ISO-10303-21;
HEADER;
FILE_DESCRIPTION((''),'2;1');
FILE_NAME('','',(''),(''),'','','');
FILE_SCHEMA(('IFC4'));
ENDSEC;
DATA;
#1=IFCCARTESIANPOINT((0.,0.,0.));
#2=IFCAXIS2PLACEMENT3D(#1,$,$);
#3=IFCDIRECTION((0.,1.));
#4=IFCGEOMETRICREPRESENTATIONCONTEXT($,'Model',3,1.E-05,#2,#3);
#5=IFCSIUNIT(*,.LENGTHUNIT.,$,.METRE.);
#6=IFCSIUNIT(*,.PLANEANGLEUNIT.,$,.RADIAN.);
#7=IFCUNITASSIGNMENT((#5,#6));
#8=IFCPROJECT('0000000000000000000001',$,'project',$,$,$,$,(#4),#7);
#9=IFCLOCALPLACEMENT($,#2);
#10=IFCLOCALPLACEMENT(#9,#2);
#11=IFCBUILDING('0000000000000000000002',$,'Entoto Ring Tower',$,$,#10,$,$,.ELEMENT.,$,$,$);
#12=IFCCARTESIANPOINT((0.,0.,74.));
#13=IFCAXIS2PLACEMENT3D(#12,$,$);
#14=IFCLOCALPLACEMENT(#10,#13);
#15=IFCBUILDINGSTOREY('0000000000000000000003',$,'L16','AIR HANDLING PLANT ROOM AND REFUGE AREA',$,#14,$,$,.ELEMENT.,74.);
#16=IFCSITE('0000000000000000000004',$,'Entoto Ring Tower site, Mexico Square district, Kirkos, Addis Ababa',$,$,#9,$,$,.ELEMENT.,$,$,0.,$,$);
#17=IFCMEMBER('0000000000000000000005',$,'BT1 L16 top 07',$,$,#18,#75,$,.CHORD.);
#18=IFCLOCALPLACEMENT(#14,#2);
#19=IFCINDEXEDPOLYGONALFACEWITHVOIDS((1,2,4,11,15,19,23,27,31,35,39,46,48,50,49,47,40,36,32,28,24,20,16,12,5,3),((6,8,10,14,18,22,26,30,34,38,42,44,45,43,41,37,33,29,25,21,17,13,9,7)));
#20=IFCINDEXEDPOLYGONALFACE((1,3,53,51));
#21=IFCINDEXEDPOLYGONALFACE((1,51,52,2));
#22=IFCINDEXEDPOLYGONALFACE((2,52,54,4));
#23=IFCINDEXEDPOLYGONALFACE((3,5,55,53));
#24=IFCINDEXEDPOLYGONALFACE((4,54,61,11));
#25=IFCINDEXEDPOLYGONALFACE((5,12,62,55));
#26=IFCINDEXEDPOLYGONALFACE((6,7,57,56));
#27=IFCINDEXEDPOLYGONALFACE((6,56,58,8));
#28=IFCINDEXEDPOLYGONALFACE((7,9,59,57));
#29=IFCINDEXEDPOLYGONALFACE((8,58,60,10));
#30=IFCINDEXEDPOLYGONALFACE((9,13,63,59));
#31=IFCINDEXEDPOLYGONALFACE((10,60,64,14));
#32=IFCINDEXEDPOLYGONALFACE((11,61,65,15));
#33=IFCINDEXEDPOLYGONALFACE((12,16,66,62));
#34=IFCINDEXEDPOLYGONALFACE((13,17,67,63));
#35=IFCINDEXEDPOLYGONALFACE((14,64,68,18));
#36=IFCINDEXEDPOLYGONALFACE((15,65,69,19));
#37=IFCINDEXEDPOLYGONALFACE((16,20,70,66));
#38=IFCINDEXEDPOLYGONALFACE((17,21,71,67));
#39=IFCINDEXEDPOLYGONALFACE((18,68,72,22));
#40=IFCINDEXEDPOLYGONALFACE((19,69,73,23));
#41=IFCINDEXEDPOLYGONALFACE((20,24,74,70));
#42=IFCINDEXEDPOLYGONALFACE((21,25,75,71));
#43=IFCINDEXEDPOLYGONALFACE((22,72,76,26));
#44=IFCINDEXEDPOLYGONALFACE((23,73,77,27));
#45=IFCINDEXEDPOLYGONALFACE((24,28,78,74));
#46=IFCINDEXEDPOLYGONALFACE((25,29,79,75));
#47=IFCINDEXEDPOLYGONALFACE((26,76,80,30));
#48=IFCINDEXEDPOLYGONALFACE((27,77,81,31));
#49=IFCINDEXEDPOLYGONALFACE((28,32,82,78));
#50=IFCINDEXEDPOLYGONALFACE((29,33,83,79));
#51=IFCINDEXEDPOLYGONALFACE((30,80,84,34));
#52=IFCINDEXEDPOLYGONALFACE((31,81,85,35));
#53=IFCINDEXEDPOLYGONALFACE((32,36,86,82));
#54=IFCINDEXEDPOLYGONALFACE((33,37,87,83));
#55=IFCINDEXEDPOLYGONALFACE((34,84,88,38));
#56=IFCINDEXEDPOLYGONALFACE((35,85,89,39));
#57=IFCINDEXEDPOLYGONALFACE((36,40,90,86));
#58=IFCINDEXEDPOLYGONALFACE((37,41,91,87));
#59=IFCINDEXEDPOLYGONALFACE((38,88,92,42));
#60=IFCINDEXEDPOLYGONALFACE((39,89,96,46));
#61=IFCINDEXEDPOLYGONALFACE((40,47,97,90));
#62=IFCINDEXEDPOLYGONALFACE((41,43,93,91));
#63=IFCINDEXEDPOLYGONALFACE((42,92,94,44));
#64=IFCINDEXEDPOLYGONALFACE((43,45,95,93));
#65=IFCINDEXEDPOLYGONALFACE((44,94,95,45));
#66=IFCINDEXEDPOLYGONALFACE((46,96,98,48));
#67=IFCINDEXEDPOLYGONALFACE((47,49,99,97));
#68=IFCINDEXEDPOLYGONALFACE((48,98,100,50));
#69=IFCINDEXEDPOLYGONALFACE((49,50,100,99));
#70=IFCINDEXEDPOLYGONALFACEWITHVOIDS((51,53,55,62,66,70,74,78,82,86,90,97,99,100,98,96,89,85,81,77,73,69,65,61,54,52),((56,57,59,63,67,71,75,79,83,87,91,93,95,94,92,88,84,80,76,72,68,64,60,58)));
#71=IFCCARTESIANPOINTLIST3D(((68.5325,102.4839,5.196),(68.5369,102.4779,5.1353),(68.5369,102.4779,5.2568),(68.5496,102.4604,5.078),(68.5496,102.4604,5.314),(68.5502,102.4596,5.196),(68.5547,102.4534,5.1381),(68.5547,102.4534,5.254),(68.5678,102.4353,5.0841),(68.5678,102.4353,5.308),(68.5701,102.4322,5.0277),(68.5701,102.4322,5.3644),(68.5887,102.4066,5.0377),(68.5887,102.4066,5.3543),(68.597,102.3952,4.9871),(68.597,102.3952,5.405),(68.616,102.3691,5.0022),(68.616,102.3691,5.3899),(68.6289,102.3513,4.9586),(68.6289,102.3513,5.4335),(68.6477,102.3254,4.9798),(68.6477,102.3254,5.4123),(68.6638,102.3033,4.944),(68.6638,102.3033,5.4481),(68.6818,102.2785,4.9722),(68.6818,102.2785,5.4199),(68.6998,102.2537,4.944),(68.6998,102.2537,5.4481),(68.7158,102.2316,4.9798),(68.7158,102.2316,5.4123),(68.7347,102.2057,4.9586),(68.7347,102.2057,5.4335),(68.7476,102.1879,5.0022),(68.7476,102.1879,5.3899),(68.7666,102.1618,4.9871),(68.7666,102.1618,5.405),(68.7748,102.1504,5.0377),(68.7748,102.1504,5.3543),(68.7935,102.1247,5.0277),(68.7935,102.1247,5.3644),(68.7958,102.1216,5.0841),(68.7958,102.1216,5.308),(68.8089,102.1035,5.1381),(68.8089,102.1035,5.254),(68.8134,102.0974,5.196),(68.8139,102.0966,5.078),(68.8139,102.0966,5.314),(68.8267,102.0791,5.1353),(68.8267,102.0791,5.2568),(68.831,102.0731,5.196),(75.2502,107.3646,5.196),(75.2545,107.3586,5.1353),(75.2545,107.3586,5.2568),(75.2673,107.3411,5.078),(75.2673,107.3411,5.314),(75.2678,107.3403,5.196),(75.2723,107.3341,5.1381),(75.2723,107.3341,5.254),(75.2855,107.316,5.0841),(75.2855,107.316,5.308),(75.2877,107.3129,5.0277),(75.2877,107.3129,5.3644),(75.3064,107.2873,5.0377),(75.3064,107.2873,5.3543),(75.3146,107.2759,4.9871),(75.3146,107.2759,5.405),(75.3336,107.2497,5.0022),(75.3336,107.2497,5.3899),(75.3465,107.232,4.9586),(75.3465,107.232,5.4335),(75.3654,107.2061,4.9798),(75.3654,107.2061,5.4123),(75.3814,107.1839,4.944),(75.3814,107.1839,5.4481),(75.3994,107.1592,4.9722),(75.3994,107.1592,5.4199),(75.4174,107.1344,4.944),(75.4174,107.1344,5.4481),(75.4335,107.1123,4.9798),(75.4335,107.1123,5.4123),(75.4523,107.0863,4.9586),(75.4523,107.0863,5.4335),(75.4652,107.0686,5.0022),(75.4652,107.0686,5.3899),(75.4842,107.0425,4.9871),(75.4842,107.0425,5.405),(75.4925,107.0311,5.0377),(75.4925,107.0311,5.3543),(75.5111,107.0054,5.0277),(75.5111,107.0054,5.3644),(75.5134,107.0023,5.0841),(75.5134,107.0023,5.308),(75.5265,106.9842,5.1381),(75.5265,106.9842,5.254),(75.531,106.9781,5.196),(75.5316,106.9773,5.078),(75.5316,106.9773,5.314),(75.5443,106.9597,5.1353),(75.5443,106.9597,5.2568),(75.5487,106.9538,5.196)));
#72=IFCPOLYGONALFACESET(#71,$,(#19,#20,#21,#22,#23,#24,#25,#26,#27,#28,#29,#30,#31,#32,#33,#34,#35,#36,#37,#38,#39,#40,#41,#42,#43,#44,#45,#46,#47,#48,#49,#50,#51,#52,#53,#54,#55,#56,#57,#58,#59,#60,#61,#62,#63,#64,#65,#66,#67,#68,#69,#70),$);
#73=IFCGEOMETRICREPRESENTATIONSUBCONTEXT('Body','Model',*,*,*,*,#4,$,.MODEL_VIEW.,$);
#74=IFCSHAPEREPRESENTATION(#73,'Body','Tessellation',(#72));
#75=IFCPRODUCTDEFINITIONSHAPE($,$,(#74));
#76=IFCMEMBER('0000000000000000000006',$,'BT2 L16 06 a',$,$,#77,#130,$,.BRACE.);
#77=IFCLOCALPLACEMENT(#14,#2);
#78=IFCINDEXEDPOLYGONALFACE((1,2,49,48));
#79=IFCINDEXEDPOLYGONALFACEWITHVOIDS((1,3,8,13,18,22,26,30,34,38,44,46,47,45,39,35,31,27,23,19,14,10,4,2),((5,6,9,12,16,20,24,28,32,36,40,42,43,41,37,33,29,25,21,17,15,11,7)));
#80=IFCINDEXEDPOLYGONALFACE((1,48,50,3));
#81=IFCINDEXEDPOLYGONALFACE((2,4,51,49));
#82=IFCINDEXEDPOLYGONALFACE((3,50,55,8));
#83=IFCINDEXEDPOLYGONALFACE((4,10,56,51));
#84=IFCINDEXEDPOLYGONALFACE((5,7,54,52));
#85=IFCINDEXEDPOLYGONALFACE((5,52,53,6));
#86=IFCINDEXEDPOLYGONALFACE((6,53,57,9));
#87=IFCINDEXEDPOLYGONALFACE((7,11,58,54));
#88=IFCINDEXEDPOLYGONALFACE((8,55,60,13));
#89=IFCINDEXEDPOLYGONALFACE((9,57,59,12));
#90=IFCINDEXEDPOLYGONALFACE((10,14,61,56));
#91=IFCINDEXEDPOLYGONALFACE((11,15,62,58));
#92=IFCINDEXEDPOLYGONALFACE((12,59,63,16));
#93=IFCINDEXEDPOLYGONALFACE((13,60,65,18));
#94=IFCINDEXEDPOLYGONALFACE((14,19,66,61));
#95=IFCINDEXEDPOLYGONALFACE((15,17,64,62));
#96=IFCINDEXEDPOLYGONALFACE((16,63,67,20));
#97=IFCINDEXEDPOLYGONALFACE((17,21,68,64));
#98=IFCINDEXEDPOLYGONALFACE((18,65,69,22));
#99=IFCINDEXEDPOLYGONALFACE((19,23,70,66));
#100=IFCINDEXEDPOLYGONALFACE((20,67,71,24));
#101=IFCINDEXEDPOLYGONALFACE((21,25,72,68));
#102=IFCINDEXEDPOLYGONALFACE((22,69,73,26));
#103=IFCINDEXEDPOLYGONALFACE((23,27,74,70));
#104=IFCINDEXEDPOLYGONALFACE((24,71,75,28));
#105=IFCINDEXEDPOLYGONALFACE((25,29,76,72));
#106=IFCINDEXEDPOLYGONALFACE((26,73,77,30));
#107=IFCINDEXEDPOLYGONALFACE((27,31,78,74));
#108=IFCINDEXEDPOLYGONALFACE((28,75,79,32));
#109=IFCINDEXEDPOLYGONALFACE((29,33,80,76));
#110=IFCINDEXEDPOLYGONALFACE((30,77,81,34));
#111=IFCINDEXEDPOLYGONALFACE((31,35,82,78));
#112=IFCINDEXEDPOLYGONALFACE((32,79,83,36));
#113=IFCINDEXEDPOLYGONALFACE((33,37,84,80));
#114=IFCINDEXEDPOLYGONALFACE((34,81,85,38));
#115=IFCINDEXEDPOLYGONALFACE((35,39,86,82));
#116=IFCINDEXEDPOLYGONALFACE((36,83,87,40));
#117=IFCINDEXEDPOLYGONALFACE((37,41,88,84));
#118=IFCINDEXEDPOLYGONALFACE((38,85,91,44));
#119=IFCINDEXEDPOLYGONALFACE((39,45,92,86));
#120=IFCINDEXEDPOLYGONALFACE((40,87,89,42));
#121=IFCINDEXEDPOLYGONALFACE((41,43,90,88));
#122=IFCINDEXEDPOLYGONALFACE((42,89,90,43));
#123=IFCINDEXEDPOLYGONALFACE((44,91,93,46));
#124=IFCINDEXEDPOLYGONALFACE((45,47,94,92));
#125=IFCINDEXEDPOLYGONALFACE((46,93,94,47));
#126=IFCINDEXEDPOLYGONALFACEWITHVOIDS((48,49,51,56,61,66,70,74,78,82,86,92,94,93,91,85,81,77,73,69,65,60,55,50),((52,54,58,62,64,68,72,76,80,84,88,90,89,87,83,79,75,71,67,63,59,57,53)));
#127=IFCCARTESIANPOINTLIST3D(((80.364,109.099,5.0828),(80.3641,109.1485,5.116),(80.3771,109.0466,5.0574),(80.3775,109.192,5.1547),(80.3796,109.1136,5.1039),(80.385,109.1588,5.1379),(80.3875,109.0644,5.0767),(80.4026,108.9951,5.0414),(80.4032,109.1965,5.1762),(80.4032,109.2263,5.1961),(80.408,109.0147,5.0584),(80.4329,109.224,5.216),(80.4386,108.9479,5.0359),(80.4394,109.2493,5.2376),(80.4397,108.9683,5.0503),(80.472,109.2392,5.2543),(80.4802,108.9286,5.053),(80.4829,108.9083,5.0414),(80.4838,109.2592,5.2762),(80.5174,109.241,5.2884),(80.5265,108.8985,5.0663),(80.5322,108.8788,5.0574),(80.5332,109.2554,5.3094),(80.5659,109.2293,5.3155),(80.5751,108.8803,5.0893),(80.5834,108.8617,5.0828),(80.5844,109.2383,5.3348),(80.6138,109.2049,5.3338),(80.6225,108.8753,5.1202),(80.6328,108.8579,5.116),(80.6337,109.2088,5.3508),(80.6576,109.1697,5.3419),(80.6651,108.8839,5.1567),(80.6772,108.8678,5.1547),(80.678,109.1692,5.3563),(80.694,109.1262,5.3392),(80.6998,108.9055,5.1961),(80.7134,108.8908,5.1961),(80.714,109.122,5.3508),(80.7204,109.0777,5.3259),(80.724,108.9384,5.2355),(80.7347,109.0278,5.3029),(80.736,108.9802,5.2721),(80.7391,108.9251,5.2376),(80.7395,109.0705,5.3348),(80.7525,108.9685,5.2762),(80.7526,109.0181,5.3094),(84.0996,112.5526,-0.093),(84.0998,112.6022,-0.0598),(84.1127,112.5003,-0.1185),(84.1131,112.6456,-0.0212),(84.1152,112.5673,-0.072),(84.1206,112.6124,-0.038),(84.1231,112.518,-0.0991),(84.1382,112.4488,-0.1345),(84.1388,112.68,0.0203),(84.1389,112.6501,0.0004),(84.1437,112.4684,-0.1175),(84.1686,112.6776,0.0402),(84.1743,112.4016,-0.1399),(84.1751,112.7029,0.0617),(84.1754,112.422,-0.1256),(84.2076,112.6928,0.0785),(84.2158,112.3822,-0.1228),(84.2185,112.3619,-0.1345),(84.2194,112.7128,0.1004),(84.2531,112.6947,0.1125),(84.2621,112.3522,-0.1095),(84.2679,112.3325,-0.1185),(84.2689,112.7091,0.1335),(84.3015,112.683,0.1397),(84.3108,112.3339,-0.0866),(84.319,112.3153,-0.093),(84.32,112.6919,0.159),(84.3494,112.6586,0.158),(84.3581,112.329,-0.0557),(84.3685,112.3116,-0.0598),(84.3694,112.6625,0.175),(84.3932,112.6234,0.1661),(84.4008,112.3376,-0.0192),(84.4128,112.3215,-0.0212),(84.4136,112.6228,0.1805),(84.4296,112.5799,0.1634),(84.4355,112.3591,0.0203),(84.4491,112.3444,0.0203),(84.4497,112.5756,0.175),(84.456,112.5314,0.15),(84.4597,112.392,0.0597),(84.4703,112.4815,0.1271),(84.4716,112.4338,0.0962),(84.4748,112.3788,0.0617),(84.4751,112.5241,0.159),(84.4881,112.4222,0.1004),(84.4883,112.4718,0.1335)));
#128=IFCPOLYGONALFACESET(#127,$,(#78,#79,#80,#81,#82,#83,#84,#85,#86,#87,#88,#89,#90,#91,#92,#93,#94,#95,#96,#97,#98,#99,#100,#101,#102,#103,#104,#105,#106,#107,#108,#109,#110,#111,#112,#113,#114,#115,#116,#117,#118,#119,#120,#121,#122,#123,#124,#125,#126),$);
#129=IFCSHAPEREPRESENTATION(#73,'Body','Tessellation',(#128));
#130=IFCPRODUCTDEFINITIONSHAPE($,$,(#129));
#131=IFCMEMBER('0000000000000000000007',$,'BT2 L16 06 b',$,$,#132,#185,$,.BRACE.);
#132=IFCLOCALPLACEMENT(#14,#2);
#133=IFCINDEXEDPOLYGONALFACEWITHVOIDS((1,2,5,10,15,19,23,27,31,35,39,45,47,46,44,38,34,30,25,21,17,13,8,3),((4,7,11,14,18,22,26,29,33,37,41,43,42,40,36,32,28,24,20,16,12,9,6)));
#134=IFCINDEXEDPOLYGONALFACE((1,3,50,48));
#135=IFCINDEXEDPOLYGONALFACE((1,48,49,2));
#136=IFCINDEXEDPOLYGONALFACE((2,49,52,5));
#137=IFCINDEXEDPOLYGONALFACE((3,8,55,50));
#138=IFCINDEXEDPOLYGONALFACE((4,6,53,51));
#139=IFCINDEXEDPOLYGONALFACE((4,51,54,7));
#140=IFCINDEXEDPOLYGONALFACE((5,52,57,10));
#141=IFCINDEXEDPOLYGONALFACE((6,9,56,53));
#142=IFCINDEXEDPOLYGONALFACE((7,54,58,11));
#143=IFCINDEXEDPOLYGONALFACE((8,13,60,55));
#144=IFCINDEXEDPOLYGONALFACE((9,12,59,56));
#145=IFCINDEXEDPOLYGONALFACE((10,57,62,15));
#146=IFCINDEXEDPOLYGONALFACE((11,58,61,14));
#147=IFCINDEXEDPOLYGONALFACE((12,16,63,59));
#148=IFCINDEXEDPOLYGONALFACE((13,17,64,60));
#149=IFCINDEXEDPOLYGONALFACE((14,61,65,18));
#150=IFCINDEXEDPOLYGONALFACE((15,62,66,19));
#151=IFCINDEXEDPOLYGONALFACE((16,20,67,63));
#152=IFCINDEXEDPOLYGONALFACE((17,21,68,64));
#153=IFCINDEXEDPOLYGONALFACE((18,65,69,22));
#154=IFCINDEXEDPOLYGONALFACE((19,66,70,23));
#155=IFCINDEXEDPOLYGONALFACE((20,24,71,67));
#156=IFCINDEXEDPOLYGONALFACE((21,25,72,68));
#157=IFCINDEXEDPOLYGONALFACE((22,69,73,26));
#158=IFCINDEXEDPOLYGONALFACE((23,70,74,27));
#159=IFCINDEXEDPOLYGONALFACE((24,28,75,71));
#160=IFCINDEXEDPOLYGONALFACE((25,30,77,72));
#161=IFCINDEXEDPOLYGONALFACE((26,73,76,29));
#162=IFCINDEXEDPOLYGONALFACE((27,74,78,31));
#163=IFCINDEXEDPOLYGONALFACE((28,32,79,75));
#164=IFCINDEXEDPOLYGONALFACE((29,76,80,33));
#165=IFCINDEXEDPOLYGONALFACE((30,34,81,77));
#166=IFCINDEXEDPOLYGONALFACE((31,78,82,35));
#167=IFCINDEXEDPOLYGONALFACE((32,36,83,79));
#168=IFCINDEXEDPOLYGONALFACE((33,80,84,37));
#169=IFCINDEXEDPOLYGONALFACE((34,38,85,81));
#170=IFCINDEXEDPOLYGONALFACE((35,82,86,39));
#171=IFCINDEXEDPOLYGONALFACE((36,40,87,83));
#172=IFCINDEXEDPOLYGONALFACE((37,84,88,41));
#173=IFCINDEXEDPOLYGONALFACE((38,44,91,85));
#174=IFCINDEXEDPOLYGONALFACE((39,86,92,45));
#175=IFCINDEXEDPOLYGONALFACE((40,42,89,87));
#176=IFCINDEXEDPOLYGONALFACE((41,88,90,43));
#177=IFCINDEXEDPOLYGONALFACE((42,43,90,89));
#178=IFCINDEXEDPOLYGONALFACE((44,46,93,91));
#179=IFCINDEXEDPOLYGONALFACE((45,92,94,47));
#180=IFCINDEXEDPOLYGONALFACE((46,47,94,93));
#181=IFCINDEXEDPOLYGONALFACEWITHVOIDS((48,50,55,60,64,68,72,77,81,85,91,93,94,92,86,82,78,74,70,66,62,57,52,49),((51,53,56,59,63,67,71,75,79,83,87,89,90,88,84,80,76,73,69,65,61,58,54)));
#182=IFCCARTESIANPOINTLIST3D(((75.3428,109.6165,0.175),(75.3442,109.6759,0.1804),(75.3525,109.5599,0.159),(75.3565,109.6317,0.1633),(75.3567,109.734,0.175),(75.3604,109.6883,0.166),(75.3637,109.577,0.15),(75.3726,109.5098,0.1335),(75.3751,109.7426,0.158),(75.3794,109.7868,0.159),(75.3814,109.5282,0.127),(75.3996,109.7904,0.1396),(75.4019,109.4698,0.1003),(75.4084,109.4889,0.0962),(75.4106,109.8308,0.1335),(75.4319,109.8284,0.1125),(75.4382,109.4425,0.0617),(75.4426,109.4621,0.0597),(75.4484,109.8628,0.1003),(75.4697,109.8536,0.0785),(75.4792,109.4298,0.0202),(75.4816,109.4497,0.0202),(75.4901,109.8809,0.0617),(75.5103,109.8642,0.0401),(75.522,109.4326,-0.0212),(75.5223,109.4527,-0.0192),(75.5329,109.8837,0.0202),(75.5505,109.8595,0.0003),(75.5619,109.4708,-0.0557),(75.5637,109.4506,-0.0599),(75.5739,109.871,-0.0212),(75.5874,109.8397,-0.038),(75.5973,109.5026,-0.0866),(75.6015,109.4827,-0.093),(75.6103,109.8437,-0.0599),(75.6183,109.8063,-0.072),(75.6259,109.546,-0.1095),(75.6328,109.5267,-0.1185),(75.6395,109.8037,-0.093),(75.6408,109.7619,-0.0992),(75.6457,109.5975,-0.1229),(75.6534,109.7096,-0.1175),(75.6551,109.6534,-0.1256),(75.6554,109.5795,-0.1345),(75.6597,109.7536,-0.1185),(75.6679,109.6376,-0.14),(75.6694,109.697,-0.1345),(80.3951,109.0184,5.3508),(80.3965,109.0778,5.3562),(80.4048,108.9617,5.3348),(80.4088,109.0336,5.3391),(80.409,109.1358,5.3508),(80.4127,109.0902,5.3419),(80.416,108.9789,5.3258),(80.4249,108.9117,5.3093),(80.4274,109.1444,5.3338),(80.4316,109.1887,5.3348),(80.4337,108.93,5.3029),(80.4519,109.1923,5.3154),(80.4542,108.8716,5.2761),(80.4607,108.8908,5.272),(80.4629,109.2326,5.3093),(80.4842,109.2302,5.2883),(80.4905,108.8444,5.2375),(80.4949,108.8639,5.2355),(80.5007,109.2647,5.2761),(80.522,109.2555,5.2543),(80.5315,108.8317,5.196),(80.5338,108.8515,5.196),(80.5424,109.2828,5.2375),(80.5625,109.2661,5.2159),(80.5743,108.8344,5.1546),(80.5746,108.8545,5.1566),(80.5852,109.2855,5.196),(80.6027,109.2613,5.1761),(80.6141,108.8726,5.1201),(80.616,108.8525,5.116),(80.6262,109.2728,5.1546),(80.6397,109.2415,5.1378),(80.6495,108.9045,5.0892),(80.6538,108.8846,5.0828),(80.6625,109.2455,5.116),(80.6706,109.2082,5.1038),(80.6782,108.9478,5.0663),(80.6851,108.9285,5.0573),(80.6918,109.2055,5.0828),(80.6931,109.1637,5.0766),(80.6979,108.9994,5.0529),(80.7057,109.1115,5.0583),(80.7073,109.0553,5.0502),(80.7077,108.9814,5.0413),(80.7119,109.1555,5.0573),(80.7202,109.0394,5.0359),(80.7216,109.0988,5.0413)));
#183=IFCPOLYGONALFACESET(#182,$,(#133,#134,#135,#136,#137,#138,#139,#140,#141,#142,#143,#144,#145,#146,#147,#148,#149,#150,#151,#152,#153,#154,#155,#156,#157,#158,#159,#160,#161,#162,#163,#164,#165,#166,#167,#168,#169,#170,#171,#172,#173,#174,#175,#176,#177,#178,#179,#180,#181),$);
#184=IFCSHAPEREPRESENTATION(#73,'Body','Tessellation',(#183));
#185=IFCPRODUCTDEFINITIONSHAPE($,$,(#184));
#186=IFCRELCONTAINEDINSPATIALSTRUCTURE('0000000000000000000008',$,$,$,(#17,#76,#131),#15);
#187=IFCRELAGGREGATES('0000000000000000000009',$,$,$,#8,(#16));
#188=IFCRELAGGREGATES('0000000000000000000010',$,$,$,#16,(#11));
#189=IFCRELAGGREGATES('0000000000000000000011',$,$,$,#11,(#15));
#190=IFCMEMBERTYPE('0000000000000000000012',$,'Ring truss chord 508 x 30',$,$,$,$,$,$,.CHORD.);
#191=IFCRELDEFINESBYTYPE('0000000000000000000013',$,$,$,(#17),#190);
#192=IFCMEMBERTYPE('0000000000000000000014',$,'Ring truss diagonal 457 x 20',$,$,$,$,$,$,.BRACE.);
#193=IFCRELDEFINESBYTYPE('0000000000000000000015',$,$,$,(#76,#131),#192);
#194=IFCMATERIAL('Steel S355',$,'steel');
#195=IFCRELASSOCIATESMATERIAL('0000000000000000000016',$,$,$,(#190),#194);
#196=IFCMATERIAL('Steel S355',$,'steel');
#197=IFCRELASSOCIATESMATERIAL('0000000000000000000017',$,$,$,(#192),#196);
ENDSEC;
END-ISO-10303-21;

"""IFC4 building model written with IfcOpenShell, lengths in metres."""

from ifc_helpers import new_model, si_unit, direction, frame, origin, origin_2d, place, context, subcontext, project, spatial, circle, hollow_circle, extrude, material, material_profile, profile_set, type_object, element, save


model = new_model("IFC4")

# Units and contexts
model_context = context("Model", 3, precision=1e-05, world=origin(), true_north=direction((0.0, 1.0)))
body_context = subcontext(model_context, "Body", "Model", "MODEL_VIEW")
ifc_project = project(units=[si_unit("LENGTHUNIT", "METRE"), si_unit("PLANEANGLEUNIT", "RADIAN")], contexts=[model_context])

# Site, building, storey
site_placement = place(None, origin())
site = spatial("IfcSite", under=ifc_project, at=site_placement, Name="Entoto Ring Tower site, Mexico Square district, Kirkos, Addis Ababa", CompositionType="ELEMENT", RefElevation=0.0)
building_placement = place(site_placement, origin())
building = spatial("IfcBuilding", under=site, at=building_placement, Name="Entoto Ring Tower", CompositionType="ELEMENT")
storey_placement = place(building_placement, frame((0.0, 0.0, 74.0)))
storey = spatial("IfcBuildingStorey", under=building, at=storey_placement, Name="L16", Description="AIR HANDLING PLANT ROOM AND REFUGE AREA", CompositionType="ELEMENT", Elevation=74.0)

# Members
ifc_material_1 = material(Name="Steel S355", Category="steel")
ifc_material_profile_1 = material_profile(ifc_material_1, hollow_circle(Radius=0.2539, WallThickness=0.03, at=origin_2d()), Name="CHS 508 x 30")
ifc_material_2 = material(Name="Concrete C60/75", Category="concrete")
ifc_material_profile_2 = material_profile(ifc_material_2, circle(Radius=0.2241, at=origin_2d()), Name="Concrete C60/75 infill")
ifc_profile_set_1 = profile_set([ifc_material_profile_1, ifc_material_profile_2], Name="Steel S355")
member_type_1 = type_object("IfcMemberType", Name="Ring truss chord 508 x 30", PredefinedType="CHORD", material=ifc_profile_set_1)
member_1_placement = place(storey_placement, frame((75.3994, 107.1592, 5.196), z_axis=(-0.809014, -0.587789, 0.0), x_axis=(0.587789, -0.809014, 0.0)))
element("IfcMember", 1, at=member_1_placement, inside=storey, type_object=member_type_1, Name="BT1 L16 top 07", PredefinedType="CHORD", context=body_context, shape_type="SweptSolid", body=[
    extrude(hollow_circle(Radius=0.2539, WallThickness=0.03, at=origin_2d()), origin(), (0.0, 0.0, 1.0), 8.3035),
])
ifc_material_3 = material(Name="Steel S355", Category="steel")
ifc_material_profile_3 = material_profile(ifc_material_3, hollow_circle(Radius=0.2285, WallThickness=0.02, at=origin_2d()), Name="CHS 457 x 20")
ifc_material_4 = material(Name="Concrete C60/75", Category="concrete")
ifc_material_profile_4 = material_profile(ifc_material_4, circle(Radius=0.2085, at=origin_2d()), Name="Concrete C60/75 infill")
ifc_profile_set_2 = profile_set([ifc_material_profile_3, ifc_material_profile_4], Name="Steel S355")
member_type_2 = type_object("IfcMemberType", Name="Ring truss diagonal 457 x 20", PredefinedType="BRACE", material=ifc_profile_set_2)
for number, where, z_axis, x_axis, name in (
    (2, (84.2939, 112.5122, 0.0203), (-0.514724, -0.47587, 0.713166), (0.67885, -0.734277, 0.0), "BT2 L16 06 a"),
    (3, (80.5583, 109.0586, 5.196), (-0.696139, 0.082417, -0.713161), (-0.117571, -0.993065, 0.0), "BT2 L16 06 b"),
):
    element("IfcMember", number, at=place(storey_placement, frame(where, z_axis=z_axis, x_axis=x_axis)), inside=storey, type_object=member_type_2, Name=name, PredefinedType="BRACE", context=body_context, shape_type="SweptSolid", body=[
        extrude(hollow_circle(Radius=0.2285, WallThickness=0.02, at=origin_2d()), origin(), (0.0, 0.0, 1.0), 7.2576),
    ])

save(model, "model.ifc")
